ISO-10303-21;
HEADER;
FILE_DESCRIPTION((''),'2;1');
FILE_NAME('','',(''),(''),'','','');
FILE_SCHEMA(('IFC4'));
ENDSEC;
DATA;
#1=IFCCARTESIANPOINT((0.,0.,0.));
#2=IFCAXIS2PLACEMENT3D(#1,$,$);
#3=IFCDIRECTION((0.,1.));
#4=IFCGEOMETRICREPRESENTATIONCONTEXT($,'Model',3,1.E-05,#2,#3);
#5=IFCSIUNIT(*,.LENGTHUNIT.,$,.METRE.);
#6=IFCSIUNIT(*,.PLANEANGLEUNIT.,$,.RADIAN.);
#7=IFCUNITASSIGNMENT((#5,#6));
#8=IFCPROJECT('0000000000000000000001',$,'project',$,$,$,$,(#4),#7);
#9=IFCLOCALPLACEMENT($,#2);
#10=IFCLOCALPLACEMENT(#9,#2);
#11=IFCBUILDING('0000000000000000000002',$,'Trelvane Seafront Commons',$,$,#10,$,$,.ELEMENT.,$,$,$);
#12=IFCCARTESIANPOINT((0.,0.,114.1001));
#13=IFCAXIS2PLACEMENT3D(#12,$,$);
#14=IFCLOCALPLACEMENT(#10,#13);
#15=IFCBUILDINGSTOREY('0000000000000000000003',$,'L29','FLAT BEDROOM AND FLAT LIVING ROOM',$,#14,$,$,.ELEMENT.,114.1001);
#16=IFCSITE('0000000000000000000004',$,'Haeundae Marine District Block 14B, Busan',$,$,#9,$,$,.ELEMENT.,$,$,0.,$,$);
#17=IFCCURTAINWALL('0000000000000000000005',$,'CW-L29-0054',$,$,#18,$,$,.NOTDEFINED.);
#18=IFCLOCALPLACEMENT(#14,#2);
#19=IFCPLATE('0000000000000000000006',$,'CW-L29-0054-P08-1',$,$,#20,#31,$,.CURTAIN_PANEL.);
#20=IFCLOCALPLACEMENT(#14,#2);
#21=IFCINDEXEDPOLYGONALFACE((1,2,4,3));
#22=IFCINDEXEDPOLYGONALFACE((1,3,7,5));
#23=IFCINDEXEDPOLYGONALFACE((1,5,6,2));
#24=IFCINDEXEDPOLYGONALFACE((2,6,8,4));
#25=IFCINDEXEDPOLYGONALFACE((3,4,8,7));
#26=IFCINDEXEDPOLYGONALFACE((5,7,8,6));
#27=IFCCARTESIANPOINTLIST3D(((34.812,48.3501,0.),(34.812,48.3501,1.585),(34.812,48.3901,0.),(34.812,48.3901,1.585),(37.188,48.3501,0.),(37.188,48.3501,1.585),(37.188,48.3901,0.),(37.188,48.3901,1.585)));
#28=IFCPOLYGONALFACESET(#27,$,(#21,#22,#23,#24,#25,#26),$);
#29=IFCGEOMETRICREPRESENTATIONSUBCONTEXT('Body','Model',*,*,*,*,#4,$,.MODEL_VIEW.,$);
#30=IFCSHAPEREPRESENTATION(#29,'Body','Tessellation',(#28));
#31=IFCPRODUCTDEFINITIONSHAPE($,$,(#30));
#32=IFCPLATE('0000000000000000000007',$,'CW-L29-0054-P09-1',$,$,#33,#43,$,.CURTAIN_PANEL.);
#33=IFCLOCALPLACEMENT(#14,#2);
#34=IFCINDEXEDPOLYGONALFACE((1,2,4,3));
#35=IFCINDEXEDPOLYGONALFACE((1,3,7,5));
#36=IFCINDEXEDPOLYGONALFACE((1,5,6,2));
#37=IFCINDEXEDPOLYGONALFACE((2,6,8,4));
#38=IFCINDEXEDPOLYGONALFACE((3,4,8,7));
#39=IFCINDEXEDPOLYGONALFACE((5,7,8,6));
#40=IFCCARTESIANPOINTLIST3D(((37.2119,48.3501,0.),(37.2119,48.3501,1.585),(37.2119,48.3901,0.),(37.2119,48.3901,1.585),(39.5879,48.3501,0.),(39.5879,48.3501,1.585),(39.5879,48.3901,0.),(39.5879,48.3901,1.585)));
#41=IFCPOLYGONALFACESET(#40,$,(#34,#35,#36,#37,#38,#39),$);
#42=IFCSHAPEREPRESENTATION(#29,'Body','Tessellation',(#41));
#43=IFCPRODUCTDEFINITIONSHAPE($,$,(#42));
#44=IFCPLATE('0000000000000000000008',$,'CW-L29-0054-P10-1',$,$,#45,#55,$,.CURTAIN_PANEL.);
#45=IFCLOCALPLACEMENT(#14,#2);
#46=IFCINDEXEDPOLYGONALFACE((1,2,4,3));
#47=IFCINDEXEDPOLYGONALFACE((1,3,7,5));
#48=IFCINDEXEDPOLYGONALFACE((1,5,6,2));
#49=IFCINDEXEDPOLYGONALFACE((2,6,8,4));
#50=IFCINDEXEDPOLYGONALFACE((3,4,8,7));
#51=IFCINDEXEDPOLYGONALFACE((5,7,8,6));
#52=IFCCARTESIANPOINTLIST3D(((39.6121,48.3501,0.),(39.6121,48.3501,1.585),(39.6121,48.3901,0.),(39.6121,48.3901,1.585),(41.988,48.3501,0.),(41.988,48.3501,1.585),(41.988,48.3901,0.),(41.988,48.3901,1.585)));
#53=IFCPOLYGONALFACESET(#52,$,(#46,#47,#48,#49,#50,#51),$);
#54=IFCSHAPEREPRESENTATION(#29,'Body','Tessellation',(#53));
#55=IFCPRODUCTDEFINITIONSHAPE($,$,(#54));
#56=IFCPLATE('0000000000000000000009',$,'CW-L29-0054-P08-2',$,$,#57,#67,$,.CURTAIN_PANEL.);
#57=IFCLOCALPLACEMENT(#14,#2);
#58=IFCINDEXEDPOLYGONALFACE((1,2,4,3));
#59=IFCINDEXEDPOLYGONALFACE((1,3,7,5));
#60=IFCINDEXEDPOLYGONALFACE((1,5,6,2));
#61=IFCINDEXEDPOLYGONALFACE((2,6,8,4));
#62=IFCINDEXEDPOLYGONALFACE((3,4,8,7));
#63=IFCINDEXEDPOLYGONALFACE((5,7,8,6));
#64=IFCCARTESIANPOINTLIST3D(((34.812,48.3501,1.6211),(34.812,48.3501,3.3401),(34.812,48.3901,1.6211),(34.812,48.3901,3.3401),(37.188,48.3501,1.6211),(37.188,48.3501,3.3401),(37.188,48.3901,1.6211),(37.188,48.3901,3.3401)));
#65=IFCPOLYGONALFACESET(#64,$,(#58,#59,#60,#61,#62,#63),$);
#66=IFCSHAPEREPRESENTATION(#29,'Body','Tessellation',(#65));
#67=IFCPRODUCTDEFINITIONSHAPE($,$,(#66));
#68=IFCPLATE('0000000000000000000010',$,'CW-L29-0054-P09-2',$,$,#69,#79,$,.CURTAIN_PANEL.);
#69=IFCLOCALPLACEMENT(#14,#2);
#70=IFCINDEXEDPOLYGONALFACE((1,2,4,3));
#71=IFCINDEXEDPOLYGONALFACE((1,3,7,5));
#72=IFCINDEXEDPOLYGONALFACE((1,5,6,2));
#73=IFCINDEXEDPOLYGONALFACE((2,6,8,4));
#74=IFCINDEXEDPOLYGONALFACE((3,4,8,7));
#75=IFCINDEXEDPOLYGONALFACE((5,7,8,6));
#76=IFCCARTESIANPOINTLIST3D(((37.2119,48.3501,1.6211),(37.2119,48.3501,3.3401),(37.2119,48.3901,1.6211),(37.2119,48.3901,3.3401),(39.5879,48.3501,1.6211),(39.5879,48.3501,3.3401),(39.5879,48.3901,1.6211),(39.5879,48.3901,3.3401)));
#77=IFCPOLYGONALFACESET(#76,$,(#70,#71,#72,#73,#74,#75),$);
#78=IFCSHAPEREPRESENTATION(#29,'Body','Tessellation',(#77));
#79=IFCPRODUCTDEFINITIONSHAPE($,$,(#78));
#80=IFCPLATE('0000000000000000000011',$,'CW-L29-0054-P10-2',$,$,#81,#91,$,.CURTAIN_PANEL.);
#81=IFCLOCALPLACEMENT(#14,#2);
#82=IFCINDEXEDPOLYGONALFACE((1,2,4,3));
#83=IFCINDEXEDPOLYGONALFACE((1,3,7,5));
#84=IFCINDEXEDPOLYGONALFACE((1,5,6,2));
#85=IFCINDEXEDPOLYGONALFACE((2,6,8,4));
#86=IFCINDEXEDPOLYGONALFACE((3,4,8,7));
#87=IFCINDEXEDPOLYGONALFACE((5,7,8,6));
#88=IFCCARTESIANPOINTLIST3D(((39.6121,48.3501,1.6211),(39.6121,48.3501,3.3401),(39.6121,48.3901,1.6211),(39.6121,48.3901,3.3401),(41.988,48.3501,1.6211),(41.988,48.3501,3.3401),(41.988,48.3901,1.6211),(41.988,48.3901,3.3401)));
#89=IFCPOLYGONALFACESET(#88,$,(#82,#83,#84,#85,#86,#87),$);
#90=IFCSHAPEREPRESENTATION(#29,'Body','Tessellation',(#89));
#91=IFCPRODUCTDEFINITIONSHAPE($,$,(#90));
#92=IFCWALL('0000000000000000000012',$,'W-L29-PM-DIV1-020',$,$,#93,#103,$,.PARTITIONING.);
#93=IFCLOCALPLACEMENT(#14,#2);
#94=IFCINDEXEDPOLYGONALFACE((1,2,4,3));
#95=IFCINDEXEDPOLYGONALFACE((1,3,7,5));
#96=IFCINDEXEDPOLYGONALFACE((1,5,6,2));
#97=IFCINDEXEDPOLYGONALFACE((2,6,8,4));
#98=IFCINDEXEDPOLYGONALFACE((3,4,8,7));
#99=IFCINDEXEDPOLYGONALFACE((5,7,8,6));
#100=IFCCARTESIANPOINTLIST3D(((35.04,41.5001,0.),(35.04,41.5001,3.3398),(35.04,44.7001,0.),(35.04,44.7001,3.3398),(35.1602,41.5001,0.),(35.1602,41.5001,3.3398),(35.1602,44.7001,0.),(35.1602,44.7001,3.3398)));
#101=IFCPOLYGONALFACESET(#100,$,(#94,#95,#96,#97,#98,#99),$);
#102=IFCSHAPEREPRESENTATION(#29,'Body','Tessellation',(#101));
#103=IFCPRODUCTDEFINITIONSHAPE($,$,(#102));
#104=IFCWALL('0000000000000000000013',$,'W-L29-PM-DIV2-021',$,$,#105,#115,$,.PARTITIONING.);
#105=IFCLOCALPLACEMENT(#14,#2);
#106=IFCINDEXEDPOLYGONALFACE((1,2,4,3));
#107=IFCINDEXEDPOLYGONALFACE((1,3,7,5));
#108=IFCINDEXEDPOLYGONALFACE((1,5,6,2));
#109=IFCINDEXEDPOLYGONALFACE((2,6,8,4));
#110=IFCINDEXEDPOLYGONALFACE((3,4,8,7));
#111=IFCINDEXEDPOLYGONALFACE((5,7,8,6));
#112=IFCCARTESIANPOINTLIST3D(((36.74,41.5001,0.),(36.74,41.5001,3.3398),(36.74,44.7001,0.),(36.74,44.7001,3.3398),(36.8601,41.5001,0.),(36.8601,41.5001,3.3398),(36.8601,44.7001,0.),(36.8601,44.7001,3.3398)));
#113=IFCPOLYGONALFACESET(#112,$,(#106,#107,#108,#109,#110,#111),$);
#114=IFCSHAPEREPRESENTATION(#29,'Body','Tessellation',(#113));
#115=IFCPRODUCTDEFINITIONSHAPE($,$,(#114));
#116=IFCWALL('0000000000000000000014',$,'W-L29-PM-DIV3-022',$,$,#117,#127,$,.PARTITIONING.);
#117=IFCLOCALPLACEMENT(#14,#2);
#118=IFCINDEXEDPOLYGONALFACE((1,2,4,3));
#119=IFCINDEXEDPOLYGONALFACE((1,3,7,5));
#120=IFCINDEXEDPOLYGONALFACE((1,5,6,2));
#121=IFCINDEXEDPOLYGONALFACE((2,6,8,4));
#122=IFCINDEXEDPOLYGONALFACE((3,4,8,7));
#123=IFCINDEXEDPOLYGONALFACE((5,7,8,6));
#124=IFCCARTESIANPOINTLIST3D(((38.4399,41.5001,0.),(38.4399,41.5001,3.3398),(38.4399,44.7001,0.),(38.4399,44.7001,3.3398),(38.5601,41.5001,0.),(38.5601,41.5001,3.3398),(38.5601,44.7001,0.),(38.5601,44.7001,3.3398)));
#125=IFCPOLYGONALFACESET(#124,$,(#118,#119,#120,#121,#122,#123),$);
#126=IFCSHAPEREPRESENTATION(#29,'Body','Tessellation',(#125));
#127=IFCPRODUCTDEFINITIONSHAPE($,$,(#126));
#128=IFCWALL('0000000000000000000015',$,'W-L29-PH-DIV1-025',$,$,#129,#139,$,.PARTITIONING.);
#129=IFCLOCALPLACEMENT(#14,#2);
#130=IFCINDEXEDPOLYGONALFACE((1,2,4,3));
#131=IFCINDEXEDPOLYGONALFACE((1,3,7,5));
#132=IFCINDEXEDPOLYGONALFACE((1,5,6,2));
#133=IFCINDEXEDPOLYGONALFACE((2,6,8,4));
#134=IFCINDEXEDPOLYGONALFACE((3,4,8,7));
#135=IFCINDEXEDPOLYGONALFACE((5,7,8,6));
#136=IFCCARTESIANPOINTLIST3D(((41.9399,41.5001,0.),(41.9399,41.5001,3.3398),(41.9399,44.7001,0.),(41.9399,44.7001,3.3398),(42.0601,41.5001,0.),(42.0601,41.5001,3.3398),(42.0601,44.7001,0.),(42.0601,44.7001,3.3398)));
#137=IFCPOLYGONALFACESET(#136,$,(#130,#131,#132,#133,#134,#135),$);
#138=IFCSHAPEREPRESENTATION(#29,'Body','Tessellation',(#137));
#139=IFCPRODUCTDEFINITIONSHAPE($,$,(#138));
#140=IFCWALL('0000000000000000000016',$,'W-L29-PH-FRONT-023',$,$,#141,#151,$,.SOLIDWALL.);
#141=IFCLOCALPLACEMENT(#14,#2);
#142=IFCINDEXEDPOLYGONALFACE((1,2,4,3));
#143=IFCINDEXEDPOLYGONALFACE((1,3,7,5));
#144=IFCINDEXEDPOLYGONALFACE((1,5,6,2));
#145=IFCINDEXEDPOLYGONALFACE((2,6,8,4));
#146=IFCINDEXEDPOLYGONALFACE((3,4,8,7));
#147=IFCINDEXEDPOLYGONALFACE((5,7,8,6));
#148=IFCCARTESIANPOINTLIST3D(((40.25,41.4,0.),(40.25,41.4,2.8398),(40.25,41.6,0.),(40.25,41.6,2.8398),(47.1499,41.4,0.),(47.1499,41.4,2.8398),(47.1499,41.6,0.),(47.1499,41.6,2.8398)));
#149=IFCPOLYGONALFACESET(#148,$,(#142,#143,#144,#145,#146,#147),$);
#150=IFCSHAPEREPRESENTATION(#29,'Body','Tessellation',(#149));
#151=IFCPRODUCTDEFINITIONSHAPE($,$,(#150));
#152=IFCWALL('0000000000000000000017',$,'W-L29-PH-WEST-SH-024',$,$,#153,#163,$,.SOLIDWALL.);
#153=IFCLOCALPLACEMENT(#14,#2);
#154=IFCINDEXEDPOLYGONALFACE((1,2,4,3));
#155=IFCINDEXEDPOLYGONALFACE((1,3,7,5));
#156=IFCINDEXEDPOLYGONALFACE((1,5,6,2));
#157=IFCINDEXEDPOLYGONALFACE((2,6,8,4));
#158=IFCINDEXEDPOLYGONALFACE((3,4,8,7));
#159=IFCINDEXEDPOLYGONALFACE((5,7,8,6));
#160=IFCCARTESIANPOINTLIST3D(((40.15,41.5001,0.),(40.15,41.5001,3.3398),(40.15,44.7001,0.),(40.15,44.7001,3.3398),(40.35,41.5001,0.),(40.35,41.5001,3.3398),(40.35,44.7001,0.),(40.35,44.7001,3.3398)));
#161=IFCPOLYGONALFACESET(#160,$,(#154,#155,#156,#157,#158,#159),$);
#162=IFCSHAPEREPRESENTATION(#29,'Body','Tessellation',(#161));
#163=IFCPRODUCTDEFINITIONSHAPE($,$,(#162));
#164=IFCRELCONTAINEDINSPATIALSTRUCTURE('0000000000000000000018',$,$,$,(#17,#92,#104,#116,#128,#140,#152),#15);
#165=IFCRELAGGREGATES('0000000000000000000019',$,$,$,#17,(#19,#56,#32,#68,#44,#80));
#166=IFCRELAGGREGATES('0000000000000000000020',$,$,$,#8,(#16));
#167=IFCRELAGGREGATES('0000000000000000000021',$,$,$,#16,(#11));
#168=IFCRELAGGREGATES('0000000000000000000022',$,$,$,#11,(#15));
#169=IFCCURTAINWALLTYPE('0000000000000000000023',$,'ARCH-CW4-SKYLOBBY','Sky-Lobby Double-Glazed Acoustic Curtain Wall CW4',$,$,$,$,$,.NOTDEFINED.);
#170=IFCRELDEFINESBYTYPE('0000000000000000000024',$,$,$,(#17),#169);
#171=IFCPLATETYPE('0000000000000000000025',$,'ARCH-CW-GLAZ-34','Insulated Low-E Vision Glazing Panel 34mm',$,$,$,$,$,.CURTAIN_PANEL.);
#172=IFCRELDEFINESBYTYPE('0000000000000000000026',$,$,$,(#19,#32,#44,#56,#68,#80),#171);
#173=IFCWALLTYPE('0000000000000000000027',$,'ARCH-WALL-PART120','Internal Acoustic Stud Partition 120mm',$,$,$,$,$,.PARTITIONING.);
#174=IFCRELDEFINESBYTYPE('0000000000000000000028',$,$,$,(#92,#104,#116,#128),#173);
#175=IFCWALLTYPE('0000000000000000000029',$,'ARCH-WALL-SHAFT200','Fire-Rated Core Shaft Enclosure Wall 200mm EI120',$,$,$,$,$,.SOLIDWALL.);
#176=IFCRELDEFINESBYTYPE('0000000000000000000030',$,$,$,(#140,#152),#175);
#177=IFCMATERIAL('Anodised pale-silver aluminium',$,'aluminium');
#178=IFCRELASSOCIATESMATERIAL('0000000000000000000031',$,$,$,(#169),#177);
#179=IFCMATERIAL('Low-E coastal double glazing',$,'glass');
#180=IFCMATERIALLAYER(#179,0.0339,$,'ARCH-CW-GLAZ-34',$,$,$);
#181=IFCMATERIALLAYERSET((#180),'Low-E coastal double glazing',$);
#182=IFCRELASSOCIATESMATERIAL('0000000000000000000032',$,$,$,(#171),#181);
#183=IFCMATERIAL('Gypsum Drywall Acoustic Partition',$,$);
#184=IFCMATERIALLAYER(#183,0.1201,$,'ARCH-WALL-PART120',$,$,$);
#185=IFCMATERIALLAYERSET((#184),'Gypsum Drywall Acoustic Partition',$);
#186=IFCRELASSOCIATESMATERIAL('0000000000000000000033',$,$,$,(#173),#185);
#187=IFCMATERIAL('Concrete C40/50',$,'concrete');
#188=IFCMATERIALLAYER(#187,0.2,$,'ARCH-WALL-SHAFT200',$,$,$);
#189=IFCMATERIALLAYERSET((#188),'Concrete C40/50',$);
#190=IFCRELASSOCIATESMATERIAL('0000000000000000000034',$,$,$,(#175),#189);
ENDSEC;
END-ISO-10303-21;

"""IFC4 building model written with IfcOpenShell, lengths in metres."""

from ifc_helpers import new_model, si_unit, direction, frame, frame_2d, origin, origin_2d, place, context, subcontext, project, spatial, rectangle, extrude, source, transform, mapped, material, layer, layer_set, type_object, element, aggregate, save


model = new_model("IFC4")

# Units and contexts
model_context = context("Model", 3, precision=1e-05, world=origin(), true_north=direction((0.0, 1.0)))
body_context = subcontext(model_context, "Body", "Model", "MODEL_VIEW")
ifc_project = project(units=[si_unit("LENGTHUNIT", "METRE"), si_unit("PLANEANGLEUNIT", "RADIAN")], contexts=[model_context])

# Site, building, storey
site_placement = place(None, origin())
site = spatial("IfcSite", under=ifc_project, at=site_placement, Name="Haeundae Marine District Block 14B, Busan", CompositionType="ELEMENT", RefElevation=0.0)
building_placement = place(site_placement, origin())
building = spatial("IfcBuilding", under=site, at=building_placement, Name="Trelvane Seafront Commons", CompositionType="ELEMENT")
storey_placement = place(building_placement, frame((0.0, 0.0, 114.1001)))
storey = spatial("IfcBuildingStorey", under=building, at=storey_placement, Name="L29", Description="FLAT BEDROOM AND FLAT LIVING ROOM", CompositionType="ELEMENT", Elevation=114.1001)

# Curtain wall
ifc_material_1 = material(Name="Anodised pale-silver aluminium", Category="aluminium")
curtain_wall_type = type_object("IfcCurtainWallType", Name="ARCH-CW4-SKYLOBBY", Description="Sky-Lobby Double-Glazed Acoustic Curtain Wall CW4", PredefinedType="NOTDEFINED", material=ifc_material_1)
curtain_wall_placement = place(storey_placement, origin())
curtain_wall = element("IfcCurtainWall", 1, at=curtain_wall_placement, inside=storey, type_object=curtain_wall_type, Name="CW-L29-0054", PredefinedType="NOTDEFINED")

# Plates
ifc_material_2 = material(Name="Low-E coastal double glazing", Category="glass")
ifc_layer_1 = layer(ifc_material_2, 0.0339, Name="ARCH-CW-GLAZ-34")
ifc_layer_set_1 = layer_set([ifc_layer_1], Name="Low-E coastal double glazing")
plate_type_1 = type_object("IfcPlateType", Name="ARCH-CW-GLAZ-34", Description="Insulated Low-E Vision Glazing Panel 34mm", PredefinedType="CURTAIN_PANEL", material=ifc_layer_set_1)
shared_shape_1 = source(origin(), body_context, "Body", "SweptSolid", [
    extrude(rectangle(XDim=2.376, YDim=0.04, at=origin_2d()), origin(), (0.0, 0.0, 1.0), 1.585),
])
plate_1_placement = place(storey_placement, frame((36.0, 48.3701, 0.0), z_axis=(0.0, 0.0, 1.0), x_axis=(1.0, 0.0, 0.0)))
plate_1 = element("IfcPlate", 2, at=plate_1_placement, type_object=plate_type_1, Name="CW-L29-0054-P08-1", PredefinedType="CURTAIN_PANEL", context=body_context, shape_type="MappedRepresentation", body=[
    mapped(shared_shape_1, transform((0.0, 0.0, 0.0), x_axis=(1.0, 0.0, 0.0), y_axis=(0.0, 1.0, 0.0), z_axis=(0.0, 0.0, 1.0), scale=1.0)),
])
plate_2_placement = place(storey_placement, frame((38.3999, 48.3701, 0.0), z_axis=(0.0, 0.0, 1.0), x_axis=(1.0, 0.0, 0.0)))
plate_2 = element("IfcPlate", 3, at=plate_2_placement, type_object=plate_type_1, Name="CW-L29-0054-P09-1", PredefinedType="CURTAIN_PANEL", context=body_context, shape_type="MappedRepresentation", body=[
    mapped(shared_shape_1, transform((0.0, 0.0, 0.0), x_axis=(1.0, 0.0, 0.0), y_axis=(0.0, 1.0, 0.0), z_axis=(0.0, 0.0, 1.0), scale=1.0)),
])
plate_3_placement = place(storey_placement, frame((40.8, 48.3701, 0.0), z_axis=(0.0, 0.0, 1.0), x_axis=(1.0, 0.0, 0.0)))
plate_3 = element("IfcPlate", 4, at=plate_3_placement, type_object=plate_type_1, Name="CW-L29-0054-P10-1", PredefinedType="CURTAIN_PANEL", context=body_context, shape_type="MappedRepresentation", body=[
    mapped(shared_shape_1, transform((0.0, 0.0, 0.0), x_axis=(1.0, 0.0, 0.0), y_axis=(0.0, 1.0, 0.0), z_axis=(0.0, 0.0, 1.0), scale=1.0)),
])
shared_shape_2 = source(origin(), body_context, "Body", "SweptSolid", [
    extrude(rectangle(XDim=2.376, YDim=0.04, at=origin_2d()), origin(), (0.0, 0.0, 1.0), 1.719),
])
plate_4_placement = place(storey_placement, frame((36.0, 48.3701, 1.6211), z_axis=(0.0, 0.0, 1.0), x_axis=(1.0, 0.0, 0.0)))
plate_4 = element("IfcPlate", 5, at=plate_4_placement, type_object=plate_type_1, Name="CW-L29-0054-P08-2", PredefinedType="CURTAIN_PANEL", context=body_context, shape_type="MappedRepresentation", body=[
    mapped(shared_shape_2, transform((0.0, 0.0, 0.0), x_axis=(1.0, 0.0, 0.0), y_axis=(0.0, 1.0, 0.0), z_axis=(0.0, 0.0, 1.0), scale=1.0)),
])
plate_5_placement = place(storey_placement, frame((38.3999, 48.3701, 1.6211), z_axis=(0.0, 0.0, 1.0), x_axis=(1.0, 0.0, 0.0)))
plate_5 = element("IfcPlate", 6, at=plate_5_placement, type_object=plate_type_1, Name="CW-L29-0054-P09-2", PredefinedType="CURTAIN_PANEL", context=body_context, shape_type="MappedRepresentation", body=[
    mapped(shared_shape_2, transform((0.0, 0.0, 0.0), x_axis=(1.0, 0.0, 0.0), y_axis=(0.0, 1.0, 0.0), z_axis=(0.0, 0.0, 1.0), scale=1.0)),
])
plate_6_placement = place(storey_placement, frame((40.8, 48.3701, 1.6211), z_axis=(0.0, 0.0, 1.0), x_axis=(1.0, 0.0, 0.0)))
plate_6 = element("IfcPlate", 7, at=plate_6_placement, type_object=plate_type_1, Name="CW-L29-0054-P10-2", PredefinedType="CURTAIN_PANEL", context=body_context, shape_type="MappedRepresentation", body=[
    mapped(shared_shape_2, transform((0.0, 0.0, 0.0), x_axis=(1.0, 0.0, 0.0), y_axis=(0.0, 1.0, 0.0), z_axis=(0.0, 0.0, 1.0), scale=1.0)),
])
aggregate(curtain_wall, [plate_1, plate_4, plate_2, plate_5, plate_3, plate_6])

# Walls
ifc_material_3 = material(Name="Gypsum Drywall Acoustic Partition")
ifc_layer_2 = layer(ifc_material_3, 0.1201, Name="ARCH-WALL-PART120")
ifc_layer_set_2 = layer_set([ifc_layer_2], Name="Gypsum Drywall Acoustic Partition")
wall_type_1 = type_object("IfcWallType", Name="ARCH-WALL-PART120", Description="Internal Acoustic Stud Partition 120mm", PredefinedType="PARTITIONING", material=ifc_layer_set_2)
for number, where, z_axis, x_axis, name in (
    (8, (35.1001, 41.5, 0.0), (0.0, 0.0, 1.0), (0.0, 1.0, 0.0), "W-L29-PM-DIV1-020"),
    (9, (36.8, 41.5, 0.0), (0.0, 0.0, 1.0), (0.0, 1.0, 0.0), "W-L29-PM-DIV2-021"),
    (10, (38.5, 41.5, 0.0), (0.0, 0.0, 1.0), (0.0, 1.0, 0.0), "W-L29-PM-DIV3-022"),
    (11, (42.0, 41.5, 0.0), (0.0, 0.0, 1.0), (0.0, 1.0, 0.0), "W-L29-PH-DIV1-025"),
):
    element("IfcWall", number, at=place(storey_placement, frame(where, z_axis=z_axis, x_axis=x_axis)), inside=storey, type_object=wall_type_1, Name=name, PredefinedType="PARTITIONING", context=body_context, shape_type="SweptSolid", body=[
        extrude(rectangle(XDim=3.2, YDim=0.1201, at=frame_2d((1.6001, 0.0))), origin(), (0.0, 0.0, 1.0), 3.3398),
    ])

# Walls
ifc_material_4 = material(Name="Concrete C40/50", Category="concrete")
ifc_layer_3 = layer(ifc_material_4, 0.2, Name="ARCH-WALL-SHAFT200")
ifc_layer_set_3 = layer_set([ifc_layer_3], Name="Concrete C40/50")
wall_type_2 = type_object("IfcWallType", Name="ARCH-WALL-SHAFT200", Description="Fire-Rated Core Shaft Enclosure Wall 200mm EI120", PredefinedType="SOLIDWALL", material=ifc_layer_set_3)
wall_1_placement = place(storey_placement, frame((40.25, 41.5, 0.0), z_axis=(0.0, 0.0, 1.0), x_axis=(1.0, 0.0, 0.0)))
element("IfcWall", 12, at=wall_1_placement, inside=storey, type_object=wall_type_2, Name="W-L29-PH-FRONT-023", PredefinedType="SOLIDWALL", context=body_context, shape_type="SweptSolid", body=[
    extrude(rectangle(XDim=6.8999, YDim=0.2, at=frame_2d((3.45, 0.0))), origin(), (0.0, 0.0, 1.0), 2.8398),
])
wall_2_placement = place(storey_placement, frame((40.25, 41.5, 0.0), z_axis=(0.0, 0.0, 1.0), x_axis=(0.0, 1.0, 0.0)))
element("IfcWall", 13, at=wall_2_placement, inside=storey, type_object=wall_type_2, Name="W-L29-PH-WEST-SH-024", PredefinedType="SOLIDWALL", context=body_context, shape_type="SweptSolid", body=[
    extrude(rectangle(XDim=3.2, YDim=0.2, at=frame_2d((1.6001, 0.0))), origin(), (0.0, 0.0, 1.0), 3.3398),
])

save(model, "model.ifc")
